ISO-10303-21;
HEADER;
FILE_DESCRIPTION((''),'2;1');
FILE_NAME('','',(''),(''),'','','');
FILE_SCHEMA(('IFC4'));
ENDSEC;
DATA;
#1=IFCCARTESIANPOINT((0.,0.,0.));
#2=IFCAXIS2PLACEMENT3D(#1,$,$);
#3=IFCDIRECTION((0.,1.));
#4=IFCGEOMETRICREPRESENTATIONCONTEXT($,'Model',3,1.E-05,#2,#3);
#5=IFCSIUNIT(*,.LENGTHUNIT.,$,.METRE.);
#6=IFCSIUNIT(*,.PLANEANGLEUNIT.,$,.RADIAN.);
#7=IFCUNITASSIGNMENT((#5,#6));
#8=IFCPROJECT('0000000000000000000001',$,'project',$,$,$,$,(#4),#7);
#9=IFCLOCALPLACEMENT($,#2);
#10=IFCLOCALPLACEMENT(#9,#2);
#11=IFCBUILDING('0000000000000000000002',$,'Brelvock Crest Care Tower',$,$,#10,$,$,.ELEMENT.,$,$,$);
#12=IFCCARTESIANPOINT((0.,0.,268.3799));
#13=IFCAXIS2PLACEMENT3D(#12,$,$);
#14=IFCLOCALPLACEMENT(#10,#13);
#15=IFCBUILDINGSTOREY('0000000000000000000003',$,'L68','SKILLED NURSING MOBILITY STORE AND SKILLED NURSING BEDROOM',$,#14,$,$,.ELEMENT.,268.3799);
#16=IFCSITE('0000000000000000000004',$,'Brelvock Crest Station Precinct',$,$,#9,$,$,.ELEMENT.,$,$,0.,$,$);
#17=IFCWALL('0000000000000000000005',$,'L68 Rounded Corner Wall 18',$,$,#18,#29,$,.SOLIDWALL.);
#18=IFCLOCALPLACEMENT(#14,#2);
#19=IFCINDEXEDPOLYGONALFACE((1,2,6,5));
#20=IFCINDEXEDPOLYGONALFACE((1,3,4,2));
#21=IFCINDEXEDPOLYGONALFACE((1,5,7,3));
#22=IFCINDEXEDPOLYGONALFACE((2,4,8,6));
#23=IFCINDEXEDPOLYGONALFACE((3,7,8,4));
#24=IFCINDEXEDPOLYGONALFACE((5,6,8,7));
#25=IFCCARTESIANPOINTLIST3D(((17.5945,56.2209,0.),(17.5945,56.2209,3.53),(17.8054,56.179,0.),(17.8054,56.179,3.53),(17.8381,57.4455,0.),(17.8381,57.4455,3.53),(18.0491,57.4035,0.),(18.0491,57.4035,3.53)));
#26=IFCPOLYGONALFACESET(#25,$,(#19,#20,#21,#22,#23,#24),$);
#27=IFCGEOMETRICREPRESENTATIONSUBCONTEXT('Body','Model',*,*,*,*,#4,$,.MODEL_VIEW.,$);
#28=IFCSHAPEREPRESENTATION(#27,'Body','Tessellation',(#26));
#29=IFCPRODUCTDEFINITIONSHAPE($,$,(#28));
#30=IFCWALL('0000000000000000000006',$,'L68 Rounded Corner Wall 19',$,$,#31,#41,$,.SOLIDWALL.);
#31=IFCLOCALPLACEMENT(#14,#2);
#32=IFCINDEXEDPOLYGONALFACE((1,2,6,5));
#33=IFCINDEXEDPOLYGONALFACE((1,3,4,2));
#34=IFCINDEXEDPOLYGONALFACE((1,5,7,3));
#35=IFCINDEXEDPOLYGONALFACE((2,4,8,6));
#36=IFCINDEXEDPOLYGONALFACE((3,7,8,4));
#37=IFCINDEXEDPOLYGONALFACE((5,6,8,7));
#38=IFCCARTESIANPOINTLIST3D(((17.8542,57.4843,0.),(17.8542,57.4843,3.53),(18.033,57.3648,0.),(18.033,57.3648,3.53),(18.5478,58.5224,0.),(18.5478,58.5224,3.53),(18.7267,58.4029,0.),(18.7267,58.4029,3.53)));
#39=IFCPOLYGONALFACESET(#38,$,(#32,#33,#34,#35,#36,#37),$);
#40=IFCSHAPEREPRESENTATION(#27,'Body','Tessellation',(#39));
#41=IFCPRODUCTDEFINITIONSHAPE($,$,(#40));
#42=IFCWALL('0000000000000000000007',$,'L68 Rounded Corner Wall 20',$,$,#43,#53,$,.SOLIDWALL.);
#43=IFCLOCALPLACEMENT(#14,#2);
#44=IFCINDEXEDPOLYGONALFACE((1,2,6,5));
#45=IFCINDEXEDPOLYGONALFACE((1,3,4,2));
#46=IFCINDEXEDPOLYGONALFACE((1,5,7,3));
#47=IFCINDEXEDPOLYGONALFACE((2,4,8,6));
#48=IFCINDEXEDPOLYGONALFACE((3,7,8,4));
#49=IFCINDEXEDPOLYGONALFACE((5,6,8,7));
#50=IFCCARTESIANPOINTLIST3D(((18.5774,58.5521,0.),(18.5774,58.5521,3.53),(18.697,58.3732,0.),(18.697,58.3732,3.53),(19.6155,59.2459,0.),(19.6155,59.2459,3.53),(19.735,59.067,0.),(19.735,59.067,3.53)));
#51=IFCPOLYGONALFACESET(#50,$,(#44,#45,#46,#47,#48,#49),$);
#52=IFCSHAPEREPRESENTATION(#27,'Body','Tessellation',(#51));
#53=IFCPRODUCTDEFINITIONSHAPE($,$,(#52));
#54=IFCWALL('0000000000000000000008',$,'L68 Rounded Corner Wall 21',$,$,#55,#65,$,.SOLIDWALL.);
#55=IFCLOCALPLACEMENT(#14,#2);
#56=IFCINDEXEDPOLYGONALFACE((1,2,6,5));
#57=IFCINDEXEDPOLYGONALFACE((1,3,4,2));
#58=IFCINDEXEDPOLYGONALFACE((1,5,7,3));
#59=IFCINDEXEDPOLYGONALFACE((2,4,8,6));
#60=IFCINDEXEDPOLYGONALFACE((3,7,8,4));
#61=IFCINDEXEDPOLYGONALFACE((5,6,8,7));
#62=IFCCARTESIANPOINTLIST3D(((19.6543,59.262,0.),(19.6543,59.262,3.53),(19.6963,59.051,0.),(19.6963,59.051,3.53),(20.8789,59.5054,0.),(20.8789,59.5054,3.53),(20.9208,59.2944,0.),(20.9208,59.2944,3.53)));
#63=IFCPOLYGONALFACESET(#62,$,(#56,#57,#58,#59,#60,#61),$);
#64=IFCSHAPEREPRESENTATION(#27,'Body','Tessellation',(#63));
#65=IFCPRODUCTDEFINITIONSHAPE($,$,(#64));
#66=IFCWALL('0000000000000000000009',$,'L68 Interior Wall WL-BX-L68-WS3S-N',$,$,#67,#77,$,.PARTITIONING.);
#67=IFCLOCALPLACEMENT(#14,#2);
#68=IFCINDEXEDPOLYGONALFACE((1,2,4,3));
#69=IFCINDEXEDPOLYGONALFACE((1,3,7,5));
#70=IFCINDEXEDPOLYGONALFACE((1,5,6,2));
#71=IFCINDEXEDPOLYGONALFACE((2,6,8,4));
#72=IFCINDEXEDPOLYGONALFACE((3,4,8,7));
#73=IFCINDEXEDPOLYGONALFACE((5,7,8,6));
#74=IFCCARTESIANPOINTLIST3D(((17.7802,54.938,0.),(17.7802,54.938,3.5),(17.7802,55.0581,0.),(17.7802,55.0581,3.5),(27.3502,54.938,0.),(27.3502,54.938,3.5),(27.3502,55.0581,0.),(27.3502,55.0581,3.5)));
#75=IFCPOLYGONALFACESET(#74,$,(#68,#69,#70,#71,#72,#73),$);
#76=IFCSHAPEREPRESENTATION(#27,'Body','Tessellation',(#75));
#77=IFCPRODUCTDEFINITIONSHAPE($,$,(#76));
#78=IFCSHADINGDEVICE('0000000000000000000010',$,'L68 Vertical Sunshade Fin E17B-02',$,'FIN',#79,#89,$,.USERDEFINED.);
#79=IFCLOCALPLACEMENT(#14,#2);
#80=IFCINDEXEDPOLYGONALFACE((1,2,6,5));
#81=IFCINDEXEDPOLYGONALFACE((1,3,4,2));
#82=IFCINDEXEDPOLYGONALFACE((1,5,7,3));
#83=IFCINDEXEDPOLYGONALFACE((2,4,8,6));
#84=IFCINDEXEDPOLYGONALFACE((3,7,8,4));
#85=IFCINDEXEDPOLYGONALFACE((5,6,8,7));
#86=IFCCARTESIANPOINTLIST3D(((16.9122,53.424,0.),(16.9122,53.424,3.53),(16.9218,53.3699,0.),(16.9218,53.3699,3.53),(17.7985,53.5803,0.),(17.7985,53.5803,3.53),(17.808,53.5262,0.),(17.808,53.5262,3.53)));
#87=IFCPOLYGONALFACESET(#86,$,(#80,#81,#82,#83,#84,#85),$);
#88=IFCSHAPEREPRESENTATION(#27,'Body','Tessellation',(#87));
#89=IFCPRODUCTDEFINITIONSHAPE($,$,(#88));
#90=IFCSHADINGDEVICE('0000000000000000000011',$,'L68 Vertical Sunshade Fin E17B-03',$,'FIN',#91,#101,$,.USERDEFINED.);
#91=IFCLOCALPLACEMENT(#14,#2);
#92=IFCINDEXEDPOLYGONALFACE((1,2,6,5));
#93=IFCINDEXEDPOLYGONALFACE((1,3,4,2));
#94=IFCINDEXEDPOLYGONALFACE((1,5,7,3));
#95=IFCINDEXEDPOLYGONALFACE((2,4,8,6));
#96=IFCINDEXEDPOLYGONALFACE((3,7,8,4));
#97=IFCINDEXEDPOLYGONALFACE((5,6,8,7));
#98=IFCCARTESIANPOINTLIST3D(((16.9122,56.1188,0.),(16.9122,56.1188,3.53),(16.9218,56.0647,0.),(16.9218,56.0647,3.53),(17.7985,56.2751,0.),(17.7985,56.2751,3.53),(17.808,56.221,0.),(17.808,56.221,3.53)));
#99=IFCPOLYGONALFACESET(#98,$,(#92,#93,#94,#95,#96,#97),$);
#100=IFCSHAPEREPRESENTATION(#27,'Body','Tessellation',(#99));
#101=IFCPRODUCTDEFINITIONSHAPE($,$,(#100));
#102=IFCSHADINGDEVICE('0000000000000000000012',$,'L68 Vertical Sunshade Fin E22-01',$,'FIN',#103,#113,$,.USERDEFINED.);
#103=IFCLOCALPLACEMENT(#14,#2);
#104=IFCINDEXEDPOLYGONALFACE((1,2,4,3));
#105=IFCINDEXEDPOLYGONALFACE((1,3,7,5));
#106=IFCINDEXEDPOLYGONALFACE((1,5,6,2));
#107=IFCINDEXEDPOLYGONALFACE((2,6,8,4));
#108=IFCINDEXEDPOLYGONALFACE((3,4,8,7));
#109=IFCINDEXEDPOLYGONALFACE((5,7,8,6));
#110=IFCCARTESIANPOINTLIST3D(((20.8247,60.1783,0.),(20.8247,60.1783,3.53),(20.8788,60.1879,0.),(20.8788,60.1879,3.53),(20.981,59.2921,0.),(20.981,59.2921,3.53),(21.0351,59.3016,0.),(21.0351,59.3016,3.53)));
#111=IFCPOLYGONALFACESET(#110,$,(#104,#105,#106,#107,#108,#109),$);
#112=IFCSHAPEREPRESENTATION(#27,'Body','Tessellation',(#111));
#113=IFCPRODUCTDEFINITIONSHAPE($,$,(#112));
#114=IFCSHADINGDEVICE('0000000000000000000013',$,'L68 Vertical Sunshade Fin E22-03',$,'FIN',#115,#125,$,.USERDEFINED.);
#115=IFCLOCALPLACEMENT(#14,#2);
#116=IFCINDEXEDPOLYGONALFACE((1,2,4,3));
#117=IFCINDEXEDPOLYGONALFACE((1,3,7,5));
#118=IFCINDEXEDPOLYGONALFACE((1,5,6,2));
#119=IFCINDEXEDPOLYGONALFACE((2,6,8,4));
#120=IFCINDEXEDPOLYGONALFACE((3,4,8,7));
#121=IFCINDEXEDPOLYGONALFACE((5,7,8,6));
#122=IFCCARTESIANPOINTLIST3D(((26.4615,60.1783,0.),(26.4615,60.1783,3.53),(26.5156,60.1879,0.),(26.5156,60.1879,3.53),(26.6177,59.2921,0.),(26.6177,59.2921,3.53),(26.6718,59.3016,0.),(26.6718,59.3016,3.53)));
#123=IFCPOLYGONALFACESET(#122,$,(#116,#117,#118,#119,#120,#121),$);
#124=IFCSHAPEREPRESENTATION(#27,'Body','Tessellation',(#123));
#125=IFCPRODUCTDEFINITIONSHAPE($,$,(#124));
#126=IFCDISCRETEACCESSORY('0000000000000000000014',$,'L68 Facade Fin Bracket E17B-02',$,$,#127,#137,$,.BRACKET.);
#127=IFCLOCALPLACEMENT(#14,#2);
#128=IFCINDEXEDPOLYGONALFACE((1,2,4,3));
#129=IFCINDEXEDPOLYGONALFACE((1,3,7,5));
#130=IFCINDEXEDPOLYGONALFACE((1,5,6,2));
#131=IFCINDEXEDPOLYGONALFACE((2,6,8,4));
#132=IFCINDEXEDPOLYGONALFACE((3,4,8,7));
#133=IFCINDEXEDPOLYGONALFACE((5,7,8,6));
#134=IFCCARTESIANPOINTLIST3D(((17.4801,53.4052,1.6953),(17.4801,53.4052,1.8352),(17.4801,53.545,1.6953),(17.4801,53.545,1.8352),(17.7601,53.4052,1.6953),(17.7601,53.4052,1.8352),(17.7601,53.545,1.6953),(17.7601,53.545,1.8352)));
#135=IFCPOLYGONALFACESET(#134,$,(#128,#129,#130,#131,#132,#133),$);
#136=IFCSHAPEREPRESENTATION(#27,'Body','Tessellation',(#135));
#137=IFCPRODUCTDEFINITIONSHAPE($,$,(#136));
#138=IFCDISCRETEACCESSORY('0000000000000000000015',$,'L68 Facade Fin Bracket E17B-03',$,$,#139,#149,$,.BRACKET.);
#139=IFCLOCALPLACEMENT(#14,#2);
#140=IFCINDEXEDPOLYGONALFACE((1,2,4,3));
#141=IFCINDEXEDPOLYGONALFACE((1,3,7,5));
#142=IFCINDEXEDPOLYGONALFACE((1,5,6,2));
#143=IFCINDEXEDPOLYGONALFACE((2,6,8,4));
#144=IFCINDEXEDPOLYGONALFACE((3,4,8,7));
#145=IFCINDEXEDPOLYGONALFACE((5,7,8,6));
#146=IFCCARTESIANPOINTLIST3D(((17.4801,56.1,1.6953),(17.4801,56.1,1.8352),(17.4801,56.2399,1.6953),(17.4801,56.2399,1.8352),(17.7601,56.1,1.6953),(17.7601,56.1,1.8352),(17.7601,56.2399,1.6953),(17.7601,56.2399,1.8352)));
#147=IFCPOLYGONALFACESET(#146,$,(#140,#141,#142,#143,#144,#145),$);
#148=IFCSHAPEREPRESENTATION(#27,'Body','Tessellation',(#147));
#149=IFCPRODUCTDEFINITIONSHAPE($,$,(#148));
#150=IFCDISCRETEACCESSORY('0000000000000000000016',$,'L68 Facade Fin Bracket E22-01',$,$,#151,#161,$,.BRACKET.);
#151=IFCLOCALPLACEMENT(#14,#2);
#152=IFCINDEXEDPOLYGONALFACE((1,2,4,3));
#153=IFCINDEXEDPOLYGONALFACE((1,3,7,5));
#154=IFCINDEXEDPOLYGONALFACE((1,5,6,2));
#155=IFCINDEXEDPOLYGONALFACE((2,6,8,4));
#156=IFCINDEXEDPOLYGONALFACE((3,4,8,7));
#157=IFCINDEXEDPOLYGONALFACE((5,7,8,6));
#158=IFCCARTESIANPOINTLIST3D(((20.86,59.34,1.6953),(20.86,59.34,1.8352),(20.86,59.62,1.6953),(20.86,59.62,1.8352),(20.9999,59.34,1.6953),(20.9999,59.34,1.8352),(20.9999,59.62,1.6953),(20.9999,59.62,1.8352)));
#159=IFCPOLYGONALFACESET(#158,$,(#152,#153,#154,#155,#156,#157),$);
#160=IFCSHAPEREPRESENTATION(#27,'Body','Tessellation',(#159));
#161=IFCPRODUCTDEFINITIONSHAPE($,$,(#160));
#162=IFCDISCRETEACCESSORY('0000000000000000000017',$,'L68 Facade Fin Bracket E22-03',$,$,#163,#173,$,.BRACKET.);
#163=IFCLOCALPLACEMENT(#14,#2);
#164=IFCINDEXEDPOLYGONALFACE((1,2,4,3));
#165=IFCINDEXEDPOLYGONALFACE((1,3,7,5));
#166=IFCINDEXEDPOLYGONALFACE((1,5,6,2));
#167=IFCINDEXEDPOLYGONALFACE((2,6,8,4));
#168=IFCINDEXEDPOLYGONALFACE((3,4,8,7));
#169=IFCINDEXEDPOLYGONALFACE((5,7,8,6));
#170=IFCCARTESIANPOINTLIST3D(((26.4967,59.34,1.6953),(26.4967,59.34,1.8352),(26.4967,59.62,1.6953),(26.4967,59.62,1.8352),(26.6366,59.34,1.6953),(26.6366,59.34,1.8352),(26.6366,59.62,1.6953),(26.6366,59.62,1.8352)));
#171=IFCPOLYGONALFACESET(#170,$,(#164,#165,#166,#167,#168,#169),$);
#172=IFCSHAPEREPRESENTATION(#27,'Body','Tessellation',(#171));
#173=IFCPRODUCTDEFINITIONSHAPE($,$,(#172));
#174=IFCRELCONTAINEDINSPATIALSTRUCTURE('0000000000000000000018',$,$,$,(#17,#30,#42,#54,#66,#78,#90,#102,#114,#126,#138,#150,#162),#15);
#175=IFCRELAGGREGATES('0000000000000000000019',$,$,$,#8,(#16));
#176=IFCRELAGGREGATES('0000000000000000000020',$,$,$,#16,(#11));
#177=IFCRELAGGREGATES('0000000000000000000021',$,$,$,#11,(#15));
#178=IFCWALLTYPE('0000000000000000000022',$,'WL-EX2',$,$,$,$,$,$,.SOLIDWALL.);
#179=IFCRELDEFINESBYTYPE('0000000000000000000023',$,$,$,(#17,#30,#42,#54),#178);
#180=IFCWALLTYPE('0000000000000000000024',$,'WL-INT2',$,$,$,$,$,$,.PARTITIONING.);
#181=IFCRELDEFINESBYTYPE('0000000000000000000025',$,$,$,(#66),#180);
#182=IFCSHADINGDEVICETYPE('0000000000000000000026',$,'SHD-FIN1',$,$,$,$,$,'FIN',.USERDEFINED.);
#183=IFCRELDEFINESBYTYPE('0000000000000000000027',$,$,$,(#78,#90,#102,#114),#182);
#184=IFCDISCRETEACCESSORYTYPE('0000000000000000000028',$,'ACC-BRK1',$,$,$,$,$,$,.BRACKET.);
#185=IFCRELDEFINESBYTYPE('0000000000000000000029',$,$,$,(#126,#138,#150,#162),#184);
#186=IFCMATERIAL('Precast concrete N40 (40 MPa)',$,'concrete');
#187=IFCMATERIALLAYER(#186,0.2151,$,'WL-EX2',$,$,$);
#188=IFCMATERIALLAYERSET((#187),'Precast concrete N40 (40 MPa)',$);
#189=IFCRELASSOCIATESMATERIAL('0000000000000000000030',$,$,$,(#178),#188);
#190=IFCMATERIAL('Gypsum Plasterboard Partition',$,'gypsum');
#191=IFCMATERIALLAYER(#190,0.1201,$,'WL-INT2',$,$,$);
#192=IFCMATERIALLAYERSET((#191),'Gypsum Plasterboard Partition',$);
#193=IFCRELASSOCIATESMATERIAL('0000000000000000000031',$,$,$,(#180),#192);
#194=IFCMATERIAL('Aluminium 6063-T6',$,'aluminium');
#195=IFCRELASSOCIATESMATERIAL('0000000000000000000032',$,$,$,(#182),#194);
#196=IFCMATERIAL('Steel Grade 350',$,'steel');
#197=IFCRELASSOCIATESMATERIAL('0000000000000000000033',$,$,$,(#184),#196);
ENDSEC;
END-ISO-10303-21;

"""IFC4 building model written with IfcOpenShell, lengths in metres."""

from ifc_helpers import new_model, si_unit, direction, frame, frame_2d, origin, origin_2d, place, context, subcontext, project, spatial, rectangle, extrude, source, transform, mapped, material, layer, layer_set, material_profile, profile_set, type_object, element, save


model = new_model("IFC4")

# Units and contexts
model_context = context("Model", 3, precision=1e-05, world=origin(), true_north=direction((0.0, 1.0)))
body_context = subcontext(model_context, "Body", "Model", "MODEL_VIEW")
ifc_project = project(units=[si_unit("LENGTHUNIT", "METRE"), si_unit("PLANEANGLEUNIT", "RADIAN")], contexts=[model_context])

# Site, building, storey
site_placement = place(None, origin())
site = spatial("IfcSite", under=ifc_project, at=site_placement, Name="Brelvock Crest Station Precinct", CompositionType="ELEMENT", RefElevation=0.0)
building_placement = place(site_placement, origin())
building = spatial("IfcBuilding", under=site, at=building_placement, Name="Brelvock Crest Care Tower", CompositionType="ELEMENT")
storey_placement = place(building_placement, frame((0.0, 0.0, 268.3799)))
storey = spatial("IfcBuildingStorey", under=building, at=storey_placement, Name="L68", Description="SKILLED NURSING MOBILITY STORE AND SKILLED NURSING BEDROOM", CompositionType="ELEMENT", Elevation=268.3799)

# Shared definitions
ifc_material_1 = material(Name="Steel Grade 350", Category="steel")

# Shared definitions
ifc_material_2 = material(Name="Aluminium 6063-T6", Category="aluminium")

# Walls
ifc_material_3 = material(Name="Precast concrete N40 (40 MPa)", Category="concrete")
ifc_layer_1 = layer(ifc_material_3, 0.2151, Name="WL-EX2")
ifc_layer_set_1 = layer_set([ifc_layer_1], Name="Precast concrete N40 (40 MPa)")
wall_type_1 = type_object("IfcWallType", Name="WL-EX2", PredefinedType="SOLIDWALL", material=ifc_layer_set_1)
for number, where, z_axis, x_axis, name in (
    (1, (17.7, 56.2, 0.0), (0.0, 0.0, 1.0), (0.195138, 0.980776, 0.0), "L68 Rounded Corner Wall 18"),
    (2, (17.9436, 57.4246, 0.0), (0.0, 0.0, 1.0), (0.555557, 0.831478, 0.0), "L68 Rounded Corner Wall 19"),
    (3, (18.6372, 58.4626, 0.0), (0.0, 0.0, 1.0), (0.831388, 0.555692, 0.0), "L68 Rounded Corner Wall 20"),
    (4, (19.6753, 59.1565, 0.0), (0.0, 0.0, 1.0), (0.980813, 0.19495, 0.0), "L68 Rounded Corner Wall 21"),
):
    element("IfcWall", number, at=place(storey_placement, frame(where, z_axis=z_axis, x_axis=x_axis)), inside=storey, type_object=wall_type_1, Name=name, PredefinedType="SOLIDWALL", context=body_context, shape_type="SweptSolid", body=[
        extrude(rectangle(XDim=1.2485, YDim=0.2151, at=frame_2d((0.6243, 0.0))), origin(), (0.0, 0.0, 1.0), 3.53),
    ])
ifc_material_4 = material(Name="Gypsum Plasterboard Partition", Category="gypsum")
ifc_layer_2 = layer(ifc_material_4, 0.1201, Name="WL-INT2")
ifc_layer_set_2 = layer_set([ifc_layer_2], Name="Gypsum Plasterboard Partition")
wall_type_2 = type_object("IfcWallType", Name="WL-INT2", PredefinedType="PARTITIONING", material=ifc_layer_set_2)
wall_placement = place(storey_placement, frame((17.78, 54.998, 0.0), z_axis=(0.0, 0.0, 1.0), x_axis=(1.0, 0.0, 0.0)))
element("IfcWall", 5, at=wall_placement, inside=storey, type_object=wall_type_2, Name="L68 Interior Wall WL-BX-L68-WS3S-N", PredefinedType="PARTITIONING", context=body_context, shape_type="SweptSolid", body=[
    extrude(rectangle(XDim=9.5701, YDim=0.1201, at=frame_2d((4.7852, 0.0))), origin(), (0.0, 0.0, 1.0), 3.5),
])

# Shading devices
ifc_material_profile_1 = material_profile(ifc_material_2, rectangle(XDim=0.0549, YDim=0.8999, at=origin_2d()), Name="FIN55x900")
ifc_profile_set_1 = profile_set([ifc_material_profile_1], Name="Aluminium 6063-T6")
shading_device_type = type_object("IfcShadingDeviceType", Name="SHD-FIN1", ElementType="FIN", PredefinedType="USERDEFINED", material=ifc_profile_set_1)
shared_shape_1 = source(origin(), body_context, "Body", "SweptSolid", [
    extrude(rectangle(XDim=0.0549, YDim=0.8999, at=origin_2d()), origin(), (0.0, 0.0, 1.0), 3.53),
])
for number, where, z_axis, x_axis, name in (
    (6, (17.3601, 53.4751, 0.0), (0.0, 0.0, 1.0), (-0.173648, 0.984808, 0.0), "L68 Vertical Sunshade Fin E17B-02"),
    (7, (17.3601, 56.1699, 0.0), (0.0, 0.0, 1.0), (-0.173648, 0.984808, 0.0), "L68 Vertical Sunshade Fin E17B-03"),
    (8, (20.9299, 59.74, 0.0), (0.0, 0.0, 1.0), (0.984808, 0.173648, 0.0), "L68 Vertical Sunshade Fin E22-01"),
    (9, (26.5667, 59.74, 0.0), (0.0, 0.0, 1.0), (0.984808, 0.173648, 0.0), "L68 Vertical Sunshade Fin E22-03"),
):
    element("IfcShadingDevice", number, at=place(storey_placement, frame(where, z_axis=z_axis, x_axis=x_axis)), inside=storey, type_object=shading_device_type, Name=name, ObjectType="FIN", PredefinedType="USERDEFINED", context=body_context, shape_type="MappedRepresentation", body=[
        mapped(shared_shape_1, transform((0.0, 0.0, 0.0), x_axis=(1.0, 0.0, 0.0), y_axis=(0.0, 1.0, 0.0), z_axis=(0.0, 0.0, 1.0), scale=1.0)),
    ])

# Discrete accessories
discrete_accessory_type = type_object("IfcDiscreteAccessoryType", Name="ACC-BRK1", PredefinedType="BRACKET", material=ifc_material_1)
shared_shape_2 = source(origin(), body_context, "Body", "SweptSolid", [
    extrude(rectangle(XDim=0.28, YDim=0.1399, at=origin_2d()), origin(), (0.0, 0.0, 1.0), 0.1399),
])
for number, where, z_axis, x_axis, name in (
    (10, (17.6201, 53.4751, 1.6953), (0.0, 0.0, 1.0), (-1.0, 0.0, 0.0), "L68 Facade Fin Bracket E17B-02"),
    (11, (17.6201, 56.1699, 1.6953), (0.0, 0.0, 1.0), (-1.0, 0.0, 0.0), "L68 Facade Fin Bracket E17B-03"),
    (12, (20.9299, 59.48, 1.6953), (0.0, 0.0, 1.0), (0.0, 1.0, 0.0), "L68 Facade Fin Bracket E22-01"),
    (13, (26.5667, 59.48, 1.6953), (0.0, 0.0, 1.0), (0.0, 1.0, 0.0), "L68 Facade Fin Bracket E22-03"),
):
    element("IfcDiscreteAccessory", number, at=place(storey_placement, frame(where, z_axis=z_axis, x_axis=x_axis)), inside=storey, type_object=discrete_accessory_type, Name=name, PredefinedType="BRACKET", context=body_context, shape_type="MappedRepresentation", body=[
        mapped(shared_shape_2, transform((0.0, 0.0, 0.0), x_axis=(1.0, 0.0, 0.0), y_axis=(0.0, 1.0, 0.0), z_axis=(0.0, 0.0, 1.0), scale=1.0)),
    ])

save(model, "model.ifc")
